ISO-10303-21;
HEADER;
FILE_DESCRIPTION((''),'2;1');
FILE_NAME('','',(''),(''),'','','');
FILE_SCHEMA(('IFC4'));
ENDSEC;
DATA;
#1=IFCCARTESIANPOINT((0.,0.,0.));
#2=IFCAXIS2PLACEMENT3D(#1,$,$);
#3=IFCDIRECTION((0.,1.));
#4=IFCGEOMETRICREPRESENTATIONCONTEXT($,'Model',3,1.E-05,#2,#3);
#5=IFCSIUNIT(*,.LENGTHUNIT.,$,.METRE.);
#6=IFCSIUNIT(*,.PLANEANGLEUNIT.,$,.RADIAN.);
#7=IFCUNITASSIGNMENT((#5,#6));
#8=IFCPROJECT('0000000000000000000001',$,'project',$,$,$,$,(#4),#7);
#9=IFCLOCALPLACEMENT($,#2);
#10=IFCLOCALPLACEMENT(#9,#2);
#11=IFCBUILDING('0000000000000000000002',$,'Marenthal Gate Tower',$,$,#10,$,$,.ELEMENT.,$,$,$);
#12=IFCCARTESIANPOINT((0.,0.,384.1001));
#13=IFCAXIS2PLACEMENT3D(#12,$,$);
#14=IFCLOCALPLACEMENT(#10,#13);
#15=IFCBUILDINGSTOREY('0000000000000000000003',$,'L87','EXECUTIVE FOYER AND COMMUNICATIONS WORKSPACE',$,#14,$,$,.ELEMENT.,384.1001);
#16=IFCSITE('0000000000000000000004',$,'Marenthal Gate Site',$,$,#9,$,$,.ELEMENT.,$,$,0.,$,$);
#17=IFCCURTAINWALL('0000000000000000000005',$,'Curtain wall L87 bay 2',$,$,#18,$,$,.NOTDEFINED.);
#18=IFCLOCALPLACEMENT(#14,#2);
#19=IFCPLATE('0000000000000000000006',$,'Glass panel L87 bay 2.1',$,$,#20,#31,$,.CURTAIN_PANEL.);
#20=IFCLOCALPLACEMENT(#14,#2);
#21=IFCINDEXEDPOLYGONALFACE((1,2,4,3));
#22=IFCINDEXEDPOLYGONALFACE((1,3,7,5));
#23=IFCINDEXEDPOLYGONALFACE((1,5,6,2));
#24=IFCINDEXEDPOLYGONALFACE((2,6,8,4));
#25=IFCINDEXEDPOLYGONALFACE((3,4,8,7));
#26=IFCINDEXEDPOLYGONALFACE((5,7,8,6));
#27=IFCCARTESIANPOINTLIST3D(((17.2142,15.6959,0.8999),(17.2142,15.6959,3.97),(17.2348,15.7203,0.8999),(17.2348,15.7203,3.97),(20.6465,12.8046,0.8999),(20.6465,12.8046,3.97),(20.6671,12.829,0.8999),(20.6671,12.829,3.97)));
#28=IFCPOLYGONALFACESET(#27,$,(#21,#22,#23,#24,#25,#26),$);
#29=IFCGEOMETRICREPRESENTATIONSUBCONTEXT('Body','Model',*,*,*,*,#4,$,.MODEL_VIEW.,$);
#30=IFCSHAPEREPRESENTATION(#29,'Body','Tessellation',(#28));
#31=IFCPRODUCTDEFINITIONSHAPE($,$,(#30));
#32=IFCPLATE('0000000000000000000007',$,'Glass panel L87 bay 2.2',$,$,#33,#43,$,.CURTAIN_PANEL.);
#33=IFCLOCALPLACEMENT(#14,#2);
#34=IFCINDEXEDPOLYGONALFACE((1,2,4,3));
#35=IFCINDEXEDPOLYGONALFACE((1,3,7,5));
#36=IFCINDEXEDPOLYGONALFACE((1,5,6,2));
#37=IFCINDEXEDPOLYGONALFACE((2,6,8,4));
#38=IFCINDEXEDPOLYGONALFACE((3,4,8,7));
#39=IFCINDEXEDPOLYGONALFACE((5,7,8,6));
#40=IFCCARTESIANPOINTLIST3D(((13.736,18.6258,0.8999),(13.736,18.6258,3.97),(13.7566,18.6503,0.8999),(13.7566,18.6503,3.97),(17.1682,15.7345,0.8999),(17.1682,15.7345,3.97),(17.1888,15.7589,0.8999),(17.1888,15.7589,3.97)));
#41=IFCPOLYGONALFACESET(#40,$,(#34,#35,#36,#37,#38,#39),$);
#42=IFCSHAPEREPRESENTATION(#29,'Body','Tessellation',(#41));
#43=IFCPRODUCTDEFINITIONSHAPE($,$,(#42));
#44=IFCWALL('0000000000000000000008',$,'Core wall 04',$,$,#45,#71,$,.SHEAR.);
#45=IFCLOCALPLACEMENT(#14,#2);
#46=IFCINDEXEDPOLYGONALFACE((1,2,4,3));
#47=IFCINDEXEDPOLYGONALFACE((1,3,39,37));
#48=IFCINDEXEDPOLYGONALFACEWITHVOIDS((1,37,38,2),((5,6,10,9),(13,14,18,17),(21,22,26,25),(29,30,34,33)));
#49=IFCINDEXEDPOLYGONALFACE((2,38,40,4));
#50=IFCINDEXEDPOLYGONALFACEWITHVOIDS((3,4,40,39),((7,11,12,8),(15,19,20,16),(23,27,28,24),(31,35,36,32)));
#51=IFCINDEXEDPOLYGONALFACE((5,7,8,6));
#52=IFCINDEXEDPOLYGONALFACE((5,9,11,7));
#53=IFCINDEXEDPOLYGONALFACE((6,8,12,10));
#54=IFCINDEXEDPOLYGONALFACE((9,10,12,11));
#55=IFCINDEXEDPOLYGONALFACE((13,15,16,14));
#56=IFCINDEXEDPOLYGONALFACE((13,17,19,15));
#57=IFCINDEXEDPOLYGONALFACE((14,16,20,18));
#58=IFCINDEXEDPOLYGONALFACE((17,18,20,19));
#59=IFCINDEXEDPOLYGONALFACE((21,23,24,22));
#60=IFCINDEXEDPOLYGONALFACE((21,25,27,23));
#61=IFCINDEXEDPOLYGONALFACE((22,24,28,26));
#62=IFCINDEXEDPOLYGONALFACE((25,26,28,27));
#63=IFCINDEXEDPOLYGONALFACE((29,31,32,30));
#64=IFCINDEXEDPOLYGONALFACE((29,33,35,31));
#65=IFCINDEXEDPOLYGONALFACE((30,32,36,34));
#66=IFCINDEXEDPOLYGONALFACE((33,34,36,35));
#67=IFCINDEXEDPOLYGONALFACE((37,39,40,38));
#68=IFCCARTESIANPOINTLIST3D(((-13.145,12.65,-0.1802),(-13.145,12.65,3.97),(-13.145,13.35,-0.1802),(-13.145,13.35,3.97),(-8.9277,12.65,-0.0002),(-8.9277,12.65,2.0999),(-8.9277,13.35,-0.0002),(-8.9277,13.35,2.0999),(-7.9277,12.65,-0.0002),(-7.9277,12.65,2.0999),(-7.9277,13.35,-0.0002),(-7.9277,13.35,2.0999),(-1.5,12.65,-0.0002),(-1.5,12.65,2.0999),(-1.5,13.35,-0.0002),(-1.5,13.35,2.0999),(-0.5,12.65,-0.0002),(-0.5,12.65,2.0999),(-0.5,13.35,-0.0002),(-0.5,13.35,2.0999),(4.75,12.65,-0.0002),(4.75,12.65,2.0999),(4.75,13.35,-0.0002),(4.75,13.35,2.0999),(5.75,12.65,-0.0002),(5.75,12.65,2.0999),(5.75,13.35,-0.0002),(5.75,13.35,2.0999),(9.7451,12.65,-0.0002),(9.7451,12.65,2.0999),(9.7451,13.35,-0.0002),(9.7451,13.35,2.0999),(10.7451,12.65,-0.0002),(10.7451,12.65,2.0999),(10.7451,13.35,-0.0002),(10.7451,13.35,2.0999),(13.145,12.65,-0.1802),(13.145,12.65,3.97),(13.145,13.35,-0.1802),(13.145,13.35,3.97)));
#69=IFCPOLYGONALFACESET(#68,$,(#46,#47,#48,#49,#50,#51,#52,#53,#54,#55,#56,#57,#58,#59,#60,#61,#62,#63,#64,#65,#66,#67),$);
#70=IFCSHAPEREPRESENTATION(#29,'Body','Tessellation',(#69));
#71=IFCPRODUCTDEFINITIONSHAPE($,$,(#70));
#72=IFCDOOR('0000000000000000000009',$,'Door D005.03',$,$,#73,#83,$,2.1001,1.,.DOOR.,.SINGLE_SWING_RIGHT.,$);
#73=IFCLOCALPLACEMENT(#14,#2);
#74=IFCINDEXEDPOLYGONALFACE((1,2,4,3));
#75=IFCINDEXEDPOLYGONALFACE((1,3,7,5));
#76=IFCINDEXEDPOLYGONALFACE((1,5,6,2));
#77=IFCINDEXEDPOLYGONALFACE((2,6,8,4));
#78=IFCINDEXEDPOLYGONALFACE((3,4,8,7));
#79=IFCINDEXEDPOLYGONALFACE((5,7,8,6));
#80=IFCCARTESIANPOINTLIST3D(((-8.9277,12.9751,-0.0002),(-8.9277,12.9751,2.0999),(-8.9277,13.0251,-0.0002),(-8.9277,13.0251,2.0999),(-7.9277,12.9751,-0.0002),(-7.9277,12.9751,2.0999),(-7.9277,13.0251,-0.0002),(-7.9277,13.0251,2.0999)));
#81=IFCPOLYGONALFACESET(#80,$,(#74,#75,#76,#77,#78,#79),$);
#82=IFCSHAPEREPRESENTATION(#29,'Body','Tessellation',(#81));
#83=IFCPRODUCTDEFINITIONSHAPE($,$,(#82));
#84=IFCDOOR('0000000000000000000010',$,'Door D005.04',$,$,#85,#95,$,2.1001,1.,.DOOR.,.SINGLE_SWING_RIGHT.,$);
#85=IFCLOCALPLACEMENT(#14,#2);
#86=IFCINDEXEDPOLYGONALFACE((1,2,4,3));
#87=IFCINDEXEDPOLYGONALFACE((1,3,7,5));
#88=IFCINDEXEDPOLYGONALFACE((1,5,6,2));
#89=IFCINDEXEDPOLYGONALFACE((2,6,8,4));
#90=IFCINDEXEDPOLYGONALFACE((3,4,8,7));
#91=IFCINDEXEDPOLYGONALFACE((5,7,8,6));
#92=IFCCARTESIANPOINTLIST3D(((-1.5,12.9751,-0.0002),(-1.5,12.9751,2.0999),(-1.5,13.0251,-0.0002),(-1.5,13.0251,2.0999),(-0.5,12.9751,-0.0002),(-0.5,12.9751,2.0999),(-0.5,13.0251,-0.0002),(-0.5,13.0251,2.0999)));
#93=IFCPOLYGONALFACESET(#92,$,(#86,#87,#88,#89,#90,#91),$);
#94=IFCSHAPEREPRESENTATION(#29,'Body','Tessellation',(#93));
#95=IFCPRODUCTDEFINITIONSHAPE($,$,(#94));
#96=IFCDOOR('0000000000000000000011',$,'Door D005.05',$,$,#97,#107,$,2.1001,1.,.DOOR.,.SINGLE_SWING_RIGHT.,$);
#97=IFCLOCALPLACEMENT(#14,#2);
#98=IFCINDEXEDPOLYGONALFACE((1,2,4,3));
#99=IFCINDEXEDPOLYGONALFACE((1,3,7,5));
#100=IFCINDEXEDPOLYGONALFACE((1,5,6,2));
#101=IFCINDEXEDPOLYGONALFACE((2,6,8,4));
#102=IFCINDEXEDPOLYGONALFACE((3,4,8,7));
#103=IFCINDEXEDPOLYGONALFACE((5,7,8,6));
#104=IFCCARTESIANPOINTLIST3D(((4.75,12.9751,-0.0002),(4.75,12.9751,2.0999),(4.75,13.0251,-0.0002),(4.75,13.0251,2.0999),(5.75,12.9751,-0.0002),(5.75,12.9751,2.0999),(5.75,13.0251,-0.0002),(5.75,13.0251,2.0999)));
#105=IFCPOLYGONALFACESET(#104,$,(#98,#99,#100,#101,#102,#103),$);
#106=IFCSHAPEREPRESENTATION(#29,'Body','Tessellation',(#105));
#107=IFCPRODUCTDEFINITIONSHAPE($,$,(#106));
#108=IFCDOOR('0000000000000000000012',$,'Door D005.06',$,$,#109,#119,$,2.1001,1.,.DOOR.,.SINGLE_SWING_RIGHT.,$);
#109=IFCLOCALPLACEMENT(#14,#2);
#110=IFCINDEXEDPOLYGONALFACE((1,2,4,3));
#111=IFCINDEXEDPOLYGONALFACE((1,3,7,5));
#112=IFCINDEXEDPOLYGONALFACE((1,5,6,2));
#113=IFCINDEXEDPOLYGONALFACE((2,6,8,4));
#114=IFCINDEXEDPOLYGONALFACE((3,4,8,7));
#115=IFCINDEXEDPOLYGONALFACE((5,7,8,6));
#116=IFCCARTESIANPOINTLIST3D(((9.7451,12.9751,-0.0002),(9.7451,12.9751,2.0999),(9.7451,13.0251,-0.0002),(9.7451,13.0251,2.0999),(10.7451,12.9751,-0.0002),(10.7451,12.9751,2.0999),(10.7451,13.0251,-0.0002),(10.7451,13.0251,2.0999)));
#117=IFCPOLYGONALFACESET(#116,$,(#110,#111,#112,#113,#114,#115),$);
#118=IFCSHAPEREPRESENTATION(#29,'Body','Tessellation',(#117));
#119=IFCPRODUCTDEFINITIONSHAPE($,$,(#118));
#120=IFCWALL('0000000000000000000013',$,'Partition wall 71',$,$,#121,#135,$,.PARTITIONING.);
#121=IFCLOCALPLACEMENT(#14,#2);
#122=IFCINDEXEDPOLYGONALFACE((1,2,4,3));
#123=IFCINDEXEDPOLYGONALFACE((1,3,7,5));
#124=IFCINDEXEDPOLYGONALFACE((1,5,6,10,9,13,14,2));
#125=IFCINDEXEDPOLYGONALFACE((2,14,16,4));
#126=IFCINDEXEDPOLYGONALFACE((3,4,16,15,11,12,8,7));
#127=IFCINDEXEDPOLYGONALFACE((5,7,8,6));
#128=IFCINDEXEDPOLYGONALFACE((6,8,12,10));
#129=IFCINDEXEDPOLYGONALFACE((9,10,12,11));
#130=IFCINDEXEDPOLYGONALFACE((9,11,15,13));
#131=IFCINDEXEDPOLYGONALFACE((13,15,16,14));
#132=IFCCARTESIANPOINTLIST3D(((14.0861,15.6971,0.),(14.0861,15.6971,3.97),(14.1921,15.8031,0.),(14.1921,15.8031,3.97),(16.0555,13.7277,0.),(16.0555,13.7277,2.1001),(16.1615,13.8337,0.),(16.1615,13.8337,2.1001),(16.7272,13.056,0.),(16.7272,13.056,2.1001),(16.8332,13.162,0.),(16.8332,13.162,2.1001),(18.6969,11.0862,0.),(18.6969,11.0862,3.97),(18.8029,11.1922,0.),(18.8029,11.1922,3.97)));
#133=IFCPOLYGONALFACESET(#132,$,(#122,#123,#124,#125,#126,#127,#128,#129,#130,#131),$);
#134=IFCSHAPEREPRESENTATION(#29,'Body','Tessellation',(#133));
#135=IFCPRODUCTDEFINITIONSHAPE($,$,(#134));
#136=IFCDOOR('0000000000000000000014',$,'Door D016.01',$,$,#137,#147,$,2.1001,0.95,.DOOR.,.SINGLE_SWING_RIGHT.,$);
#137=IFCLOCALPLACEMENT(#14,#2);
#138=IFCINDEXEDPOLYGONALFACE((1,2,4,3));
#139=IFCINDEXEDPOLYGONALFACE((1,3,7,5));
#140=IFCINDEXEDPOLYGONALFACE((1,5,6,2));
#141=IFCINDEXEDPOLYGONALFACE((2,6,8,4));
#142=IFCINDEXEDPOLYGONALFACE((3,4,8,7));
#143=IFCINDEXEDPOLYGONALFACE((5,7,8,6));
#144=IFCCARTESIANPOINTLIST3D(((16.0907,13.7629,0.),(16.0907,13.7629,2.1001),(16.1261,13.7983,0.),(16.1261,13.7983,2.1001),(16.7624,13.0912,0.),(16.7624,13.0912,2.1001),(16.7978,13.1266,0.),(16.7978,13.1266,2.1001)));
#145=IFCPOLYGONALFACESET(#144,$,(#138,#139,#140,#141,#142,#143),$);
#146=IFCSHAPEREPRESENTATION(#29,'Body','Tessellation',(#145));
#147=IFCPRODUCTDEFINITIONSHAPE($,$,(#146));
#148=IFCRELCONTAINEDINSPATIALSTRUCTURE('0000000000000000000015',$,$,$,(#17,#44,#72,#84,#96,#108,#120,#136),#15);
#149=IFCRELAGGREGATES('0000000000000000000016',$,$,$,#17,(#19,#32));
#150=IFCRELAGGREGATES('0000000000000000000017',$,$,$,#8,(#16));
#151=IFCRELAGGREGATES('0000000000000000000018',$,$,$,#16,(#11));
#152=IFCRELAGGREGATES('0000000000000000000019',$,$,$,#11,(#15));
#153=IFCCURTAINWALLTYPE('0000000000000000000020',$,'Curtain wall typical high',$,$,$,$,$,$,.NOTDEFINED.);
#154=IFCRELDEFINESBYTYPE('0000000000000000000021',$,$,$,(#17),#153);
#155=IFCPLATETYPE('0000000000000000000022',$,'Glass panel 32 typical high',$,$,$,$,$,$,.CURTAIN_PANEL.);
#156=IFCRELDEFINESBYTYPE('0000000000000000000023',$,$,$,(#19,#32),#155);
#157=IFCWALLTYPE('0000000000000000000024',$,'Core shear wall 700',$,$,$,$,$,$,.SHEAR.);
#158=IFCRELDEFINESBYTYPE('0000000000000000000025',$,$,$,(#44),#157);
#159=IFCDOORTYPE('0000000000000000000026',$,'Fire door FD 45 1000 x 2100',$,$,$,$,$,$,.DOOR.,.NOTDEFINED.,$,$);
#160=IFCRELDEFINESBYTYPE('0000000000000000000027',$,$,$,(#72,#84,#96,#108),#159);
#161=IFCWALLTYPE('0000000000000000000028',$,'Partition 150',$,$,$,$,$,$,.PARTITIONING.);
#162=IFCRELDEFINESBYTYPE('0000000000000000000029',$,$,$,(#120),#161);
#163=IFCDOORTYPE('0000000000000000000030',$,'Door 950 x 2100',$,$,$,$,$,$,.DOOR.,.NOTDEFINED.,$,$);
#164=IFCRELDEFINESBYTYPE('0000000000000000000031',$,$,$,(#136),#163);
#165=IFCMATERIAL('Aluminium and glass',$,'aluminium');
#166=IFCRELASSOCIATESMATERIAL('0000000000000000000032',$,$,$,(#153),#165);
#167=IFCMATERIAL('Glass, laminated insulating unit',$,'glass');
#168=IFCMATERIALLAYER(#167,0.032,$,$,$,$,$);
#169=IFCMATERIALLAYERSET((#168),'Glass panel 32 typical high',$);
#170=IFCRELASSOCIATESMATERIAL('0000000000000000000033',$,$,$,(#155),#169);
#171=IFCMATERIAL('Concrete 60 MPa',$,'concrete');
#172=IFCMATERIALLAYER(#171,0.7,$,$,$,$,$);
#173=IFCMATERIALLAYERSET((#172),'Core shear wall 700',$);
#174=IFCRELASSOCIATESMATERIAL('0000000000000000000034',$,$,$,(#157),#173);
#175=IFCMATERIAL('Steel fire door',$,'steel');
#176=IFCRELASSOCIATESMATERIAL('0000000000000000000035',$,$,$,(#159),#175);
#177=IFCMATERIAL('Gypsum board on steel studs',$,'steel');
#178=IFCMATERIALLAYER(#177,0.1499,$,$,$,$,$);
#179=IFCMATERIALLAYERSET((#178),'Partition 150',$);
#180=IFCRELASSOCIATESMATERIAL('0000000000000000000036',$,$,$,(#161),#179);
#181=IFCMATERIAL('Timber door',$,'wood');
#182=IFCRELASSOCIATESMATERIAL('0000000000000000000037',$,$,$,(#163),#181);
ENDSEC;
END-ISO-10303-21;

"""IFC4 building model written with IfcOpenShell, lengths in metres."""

from ifc_helpers import new_model, si_unit, direction, frame, frame_2d, origin, origin_2d, place, context, subcontext, project, spatial, rectangle, extrude, material, layer, layer_set, type_object, element, fill, aggregate, save


model = new_model("IFC4")

# Units and contexts
model_context = context("Model", 3, precision=1e-05, world=origin(), true_north=direction((0.0, 1.0)))
body_context = subcontext(model_context, "Body", "Model", "MODEL_VIEW")
ifc_project = project(units=[si_unit("LENGTHUNIT", "METRE"), si_unit("PLANEANGLEUNIT", "RADIAN")], contexts=[model_context])

# Site, building, storey
site_placement = place(None, origin())
site = spatial("IfcSite", under=ifc_project, at=site_placement, Name="Marenthal Gate Site", CompositionType="ELEMENT", RefElevation=0.0)
building_placement = place(site_placement, origin())
building = spatial("IfcBuilding", under=site, at=building_placement, Name="Marenthal Gate Tower", CompositionType="ELEMENT")
storey_placement = place(building_placement, frame((0.0, 0.0, 384.1001)))
storey = spatial("IfcBuildingStorey", under=building, at=storey_placement, Name="L87", Description="EXECUTIVE FOYER AND COMMUNICATIONS WORKSPACE", CompositionType="ELEMENT", Elevation=384.1001)

# Curtain wall
ifc_material_1 = material(Name="Aluminium and glass", Category="aluminium")
curtain_wall_type = type_object("IfcCurtainWallType", Name="Curtain wall typical high", PredefinedType="NOTDEFINED", material=ifc_material_1)
curtain_wall_placement = place(storey_placement, origin())
curtain_wall = element("IfcCurtainWall", 1, at=curtain_wall_placement, inside=storey, type_object=curtain_wall_type, Name="Curtain wall L87 bay 2", PredefinedType="NOTDEFINED")

# Plates
ifc_material_2 = material(Name="Glass, laminated insulating unit", Category="glass")
ifc_layer_1 = layer(ifc_material_2, 0.032)
ifc_layer_set_1 = layer_set([ifc_layer_1], Name="Glass panel 32 typical high")
plate_type = type_object("IfcPlateType", Name="Glass panel 32 typical high", PredefinedType="CURTAIN_PANEL", material=ifc_layer_set_1)
plate_1_placement = place(storey_placement, frame((18.9407, 14.2625, 0.8999), z_axis=(0.0, 0.0, 1.0), x_axis=(-0.764802, 0.644265, 0.0)))
plate_1 = element("IfcPlate", 2, at=plate_1_placement, type_object=plate_type, Name="Glass panel L87 bay 2.1", PredefinedType="CURTAIN_PANEL", context=body_context, shape_type="SweptSolid", body=[
    extrude(rectangle(XDim=4.4878, YDim=0.032, at=origin_2d()), origin(), (0.0, 0.0, 1.0), 3.0701),
])
plate_2_placement = place(storey_placement, frame((15.4624, 17.1924, 0.8999), z_axis=(0.0, 0.0, 1.0), x_axis=(-0.764802, 0.644265, 0.0)))
plate_2 = element("IfcPlate", 3, at=plate_2_placement, type_object=plate_type, Name="Glass panel L87 bay 2.2", PredefinedType="CURTAIN_PANEL", context=body_context, shape_type="SweptSolid", body=[
    extrude(rectangle(XDim=4.4878, YDim=0.032, at=origin_2d()), origin(), (0.0, 0.0, 1.0), 3.0701),
])
aggregate(curtain_wall, [plate_1, plate_2])

# Wall, openings, doors
ifc_material_3 = material(Name="Concrete 60 MPa", Category="concrete")
ifc_layer_2 = layer(ifc_material_3, 0.7)
ifc_layer_set_2 = layer_set([ifc_layer_2], Name="Core shear wall 700")
wall_type_1 = type_object("IfcWallType", Name="Core shear wall 700", PredefinedType="SHEAR", material=ifc_layer_set_2)
wall_1_placement = place(storey_placement, frame((13.145, 13.0, -0.1802), z_axis=(0.0, 0.0, 1.0), x_axis=(-1.0, 0.0, 0.0)))
wall_1 = element("IfcWall", 4, at=wall_1_placement, inside=storey, type_object=wall_type_1, Name="Core wall 04", PredefinedType="SHEAR", context=body_context, shape_type="SweptSolid", body=[
    extrude(rectangle(XDim=26.29, YDim=0.7, at=frame_2d((13.145, 0.0))), origin(), (0.0, 0.0, 1.0), 4.1501),
])
opening_1_placement = place(wall_1_placement, frame((21.0728, 0.0, 0.1799)))
opening_1 = element("IfcOpeningElement", 5, at=opening_1_placement, cuts=wall_1, PredefinedType="OPENING", context=body_context, shape_type="SweptSolid", body=[
    extrude(rectangle(XDim=1.0, YDim=2.1001, at=frame_2d((0.5, 1.05))), frame((0.0, 0.3599, 0.0), z_axis=(0.0, -1.0, 0.0), x_axis=(1.0, 0.0, 0.0)), (0.0, 0.0, 1.0), 0.72),
])
opening_2_placement = place(wall_1_placement, frame((13.645, 0.0, 0.1799)))
opening_2 = element("IfcOpeningElement", 6, at=opening_2_placement, cuts=wall_1, PredefinedType="OPENING", context=body_context, shape_type="SweptSolid", body=[
    extrude(rectangle(XDim=1.0, YDim=2.1001, at=frame_2d((0.5, 1.05))), frame((0.0, 0.3599, 0.0), z_axis=(0.0, -1.0, 0.0), x_axis=(1.0, 0.0, 0.0)), (0.0, 0.0, 1.0), 0.72),
])
opening_3_placement = place(wall_1_placement, frame((7.395, 0.0, 0.1799)))
opening_3 = element("IfcOpeningElement", 7, at=opening_3_placement, cuts=wall_1, PredefinedType="OPENING", context=body_context, shape_type="SweptSolid", body=[
    extrude(rectangle(XDim=1.0, YDim=2.1001, at=frame_2d((0.5, 1.05))), frame((0.0, 0.3599, 0.0), z_axis=(0.0, -1.0, 0.0), x_axis=(1.0, 0.0, 0.0)), (0.0, 0.0, 1.0), 0.72),
])
opening_4_placement = place(wall_1_placement, frame((2.3999, 0.0, 0.1799)))
opening_4 = element("IfcOpeningElement", 8, at=opening_4_placement, cuts=wall_1, PredefinedType="OPENING", context=body_context, shape_type="SweptSolid", body=[
    extrude(rectangle(XDim=1.0, YDim=2.1001, at=frame_2d((0.5, 1.05))), frame((0.0, 0.3599, 0.0), z_axis=(0.0, -1.0, 0.0), x_axis=(1.0, 0.0, 0.0)), (0.0, 0.0, 1.0), 0.72),
])
ifc_material_4 = material(Name="Steel fire door", Category="steel")
door_type_1 = type_object("IfcDoorType", Name="Fire door FD 45 1000 x 2100", OperationType="NOTDEFINED", PredefinedType="DOOR", material=ifc_material_4)
door_1_placement = place(opening_1_placement, origin())
door_1 = element("IfcDoor", 9, at=door_1_placement, inside=storey, type_object=door_type_1, Name="Door D005.03", OperationType="SINGLE_SWING_RIGHT", OverallHeight=2.1001, OverallWidth=1.0, PredefinedType="DOOR", context=body_context, shape_type="SweptSolid", body=[
    extrude(rectangle(XDim=1.0, YDim=2.1001, at=frame_2d((0.5, 1.05))), frame((0.0, 0.0249, 0.0), z_axis=(0.0, -1.0, 0.0), x_axis=(1.0, 0.0, 0.0)), (0.0, 0.0, 1.0), 0.05),
])
fill(opening_1, door_1)
door_2_placement = place(opening_2_placement, origin())
door_2 = element("IfcDoor", 10, at=door_2_placement, inside=storey, type_object=door_type_1, Name="Door D005.04", OperationType="SINGLE_SWING_RIGHT", OverallHeight=2.1001, OverallWidth=1.0, PredefinedType="DOOR", context=body_context, shape_type="SweptSolid", body=[
    extrude(rectangle(XDim=1.0, YDim=2.1001, at=frame_2d((0.5, 1.05))), frame((0.0, 0.0249, 0.0), z_axis=(0.0, -1.0, 0.0), x_axis=(1.0, 0.0, 0.0)), (0.0, 0.0, 1.0), 0.05),
])
fill(opening_2, door_2)
door_3_placement = place(opening_3_placement, origin())
door_3 = element("IfcDoor", 11, at=door_3_placement, inside=storey, type_object=door_type_1, Name="Door D005.05", OperationType="SINGLE_SWING_RIGHT", OverallHeight=2.1001, OverallWidth=1.0, PredefinedType="DOOR", context=body_context, shape_type="SweptSolid", body=[
    extrude(rectangle(XDim=1.0, YDim=2.1001, at=frame_2d((0.5, 1.05))), frame((0.0, 0.0249, 0.0), z_axis=(0.0, -1.0, 0.0), x_axis=(1.0, 0.0, 0.0)), (0.0, 0.0, 1.0), 0.05),
])
fill(opening_3, door_3)
door_4_placement = place(opening_4_placement, origin())
door_4 = element("IfcDoor", 12, at=door_4_placement, inside=storey, type_object=door_type_1, Name="Door D005.06", OperationType="SINGLE_SWING_RIGHT", OverallHeight=2.1001, OverallWidth=1.0, PredefinedType="DOOR", context=body_context, shape_type="SweptSolid", body=[
    extrude(rectangle(XDim=1.0, YDim=2.1001, at=frame_2d((0.5, 1.05))), frame((0.0, 0.0249, 0.0), z_axis=(0.0, -1.0, 0.0), x_axis=(1.0, 0.0, 0.0)), (0.0, 0.0, 1.0), 0.05),
])
fill(opening_4, door_4)

# Wall, opening, door
ifc_material_5 = material(Name="Gypsum board on steel studs", Category="steel")
ifc_layer_3 = layer(ifc_material_5, 0.1499)
ifc_layer_set_3 = layer_set([ifc_layer_3], Name="Partition 150")
wall_type_2 = type_object("IfcWallType", Name="Partition 150", PredefinedType="PARTITIONING", material=ifc_layer_set_3)
wall_2_placement = place(storey_placement, frame((14.1392, 15.75, 0.0), z_axis=(0.0, 0.0, 1.0), x_axis=(0.707107, -0.707107, 0.0)))
wall_2 = element("IfcWall", 13, at=wall_2_placement, inside=storey, type_object=wall_type_2, Name="Partition wall 71", PredefinedType="PARTITIONING", context=body_context, shape_type="SweptSolid", body=[
    extrude(rectangle(XDim=6.5208, YDim=0.1499, at=frame_2d((3.2603, 0.0))), origin(), (0.0, 0.0, 1.0), 3.97),
])
opening_5_placement = place(wall_2_placement, frame((2.7849, 0.0, 0.0)))
opening_5 = element("IfcOpeningElement", 14, at=opening_5_placement, cuts=wall_2, PredefinedType="OPENING", context=body_context, shape_type="SweptSolid", body=[
    extrude(rectangle(XDim=0.95, YDim=2.1001, at=frame_2d((0.4751, 1.05))), frame((0.0, 0.085, 0.0), z_axis=(0.0, -1.0, 0.0), x_axis=(1.0, 0.0, 0.0)), (0.0, 0.0, 1.0), 0.1699),
])
ifc_material_6 = material(Name="Timber door", Category="wood")
door_type_2 = type_object("IfcDoorType", Name="Door 950 x 2100", OperationType="NOTDEFINED", PredefinedType="DOOR", material=ifc_material_6)
door_5_placement = place(opening_5_placement, origin())
door_5 = element("IfcDoor", 15, at=door_5_placement, inside=storey, type_object=door_type_2, Name="Door D016.01", OperationType="SINGLE_SWING_RIGHT", OverallHeight=2.1001, OverallWidth=0.95, PredefinedType="DOOR", context=body_context, shape_type="SweptSolid", body=[
    extrude(rectangle(XDim=0.95, YDim=2.1001, at=frame_2d((0.4751, 1.05))), frame((0.0, 0.0249, 0.0), z_axis=(0.0, -1.0, 0.0), x_axis=(1.0, 0.0, 0.0)), (0.0, 0.0, 1.0), 0.05),
])
fill(opening_5, door_5)

save(model, "model.ifc")
